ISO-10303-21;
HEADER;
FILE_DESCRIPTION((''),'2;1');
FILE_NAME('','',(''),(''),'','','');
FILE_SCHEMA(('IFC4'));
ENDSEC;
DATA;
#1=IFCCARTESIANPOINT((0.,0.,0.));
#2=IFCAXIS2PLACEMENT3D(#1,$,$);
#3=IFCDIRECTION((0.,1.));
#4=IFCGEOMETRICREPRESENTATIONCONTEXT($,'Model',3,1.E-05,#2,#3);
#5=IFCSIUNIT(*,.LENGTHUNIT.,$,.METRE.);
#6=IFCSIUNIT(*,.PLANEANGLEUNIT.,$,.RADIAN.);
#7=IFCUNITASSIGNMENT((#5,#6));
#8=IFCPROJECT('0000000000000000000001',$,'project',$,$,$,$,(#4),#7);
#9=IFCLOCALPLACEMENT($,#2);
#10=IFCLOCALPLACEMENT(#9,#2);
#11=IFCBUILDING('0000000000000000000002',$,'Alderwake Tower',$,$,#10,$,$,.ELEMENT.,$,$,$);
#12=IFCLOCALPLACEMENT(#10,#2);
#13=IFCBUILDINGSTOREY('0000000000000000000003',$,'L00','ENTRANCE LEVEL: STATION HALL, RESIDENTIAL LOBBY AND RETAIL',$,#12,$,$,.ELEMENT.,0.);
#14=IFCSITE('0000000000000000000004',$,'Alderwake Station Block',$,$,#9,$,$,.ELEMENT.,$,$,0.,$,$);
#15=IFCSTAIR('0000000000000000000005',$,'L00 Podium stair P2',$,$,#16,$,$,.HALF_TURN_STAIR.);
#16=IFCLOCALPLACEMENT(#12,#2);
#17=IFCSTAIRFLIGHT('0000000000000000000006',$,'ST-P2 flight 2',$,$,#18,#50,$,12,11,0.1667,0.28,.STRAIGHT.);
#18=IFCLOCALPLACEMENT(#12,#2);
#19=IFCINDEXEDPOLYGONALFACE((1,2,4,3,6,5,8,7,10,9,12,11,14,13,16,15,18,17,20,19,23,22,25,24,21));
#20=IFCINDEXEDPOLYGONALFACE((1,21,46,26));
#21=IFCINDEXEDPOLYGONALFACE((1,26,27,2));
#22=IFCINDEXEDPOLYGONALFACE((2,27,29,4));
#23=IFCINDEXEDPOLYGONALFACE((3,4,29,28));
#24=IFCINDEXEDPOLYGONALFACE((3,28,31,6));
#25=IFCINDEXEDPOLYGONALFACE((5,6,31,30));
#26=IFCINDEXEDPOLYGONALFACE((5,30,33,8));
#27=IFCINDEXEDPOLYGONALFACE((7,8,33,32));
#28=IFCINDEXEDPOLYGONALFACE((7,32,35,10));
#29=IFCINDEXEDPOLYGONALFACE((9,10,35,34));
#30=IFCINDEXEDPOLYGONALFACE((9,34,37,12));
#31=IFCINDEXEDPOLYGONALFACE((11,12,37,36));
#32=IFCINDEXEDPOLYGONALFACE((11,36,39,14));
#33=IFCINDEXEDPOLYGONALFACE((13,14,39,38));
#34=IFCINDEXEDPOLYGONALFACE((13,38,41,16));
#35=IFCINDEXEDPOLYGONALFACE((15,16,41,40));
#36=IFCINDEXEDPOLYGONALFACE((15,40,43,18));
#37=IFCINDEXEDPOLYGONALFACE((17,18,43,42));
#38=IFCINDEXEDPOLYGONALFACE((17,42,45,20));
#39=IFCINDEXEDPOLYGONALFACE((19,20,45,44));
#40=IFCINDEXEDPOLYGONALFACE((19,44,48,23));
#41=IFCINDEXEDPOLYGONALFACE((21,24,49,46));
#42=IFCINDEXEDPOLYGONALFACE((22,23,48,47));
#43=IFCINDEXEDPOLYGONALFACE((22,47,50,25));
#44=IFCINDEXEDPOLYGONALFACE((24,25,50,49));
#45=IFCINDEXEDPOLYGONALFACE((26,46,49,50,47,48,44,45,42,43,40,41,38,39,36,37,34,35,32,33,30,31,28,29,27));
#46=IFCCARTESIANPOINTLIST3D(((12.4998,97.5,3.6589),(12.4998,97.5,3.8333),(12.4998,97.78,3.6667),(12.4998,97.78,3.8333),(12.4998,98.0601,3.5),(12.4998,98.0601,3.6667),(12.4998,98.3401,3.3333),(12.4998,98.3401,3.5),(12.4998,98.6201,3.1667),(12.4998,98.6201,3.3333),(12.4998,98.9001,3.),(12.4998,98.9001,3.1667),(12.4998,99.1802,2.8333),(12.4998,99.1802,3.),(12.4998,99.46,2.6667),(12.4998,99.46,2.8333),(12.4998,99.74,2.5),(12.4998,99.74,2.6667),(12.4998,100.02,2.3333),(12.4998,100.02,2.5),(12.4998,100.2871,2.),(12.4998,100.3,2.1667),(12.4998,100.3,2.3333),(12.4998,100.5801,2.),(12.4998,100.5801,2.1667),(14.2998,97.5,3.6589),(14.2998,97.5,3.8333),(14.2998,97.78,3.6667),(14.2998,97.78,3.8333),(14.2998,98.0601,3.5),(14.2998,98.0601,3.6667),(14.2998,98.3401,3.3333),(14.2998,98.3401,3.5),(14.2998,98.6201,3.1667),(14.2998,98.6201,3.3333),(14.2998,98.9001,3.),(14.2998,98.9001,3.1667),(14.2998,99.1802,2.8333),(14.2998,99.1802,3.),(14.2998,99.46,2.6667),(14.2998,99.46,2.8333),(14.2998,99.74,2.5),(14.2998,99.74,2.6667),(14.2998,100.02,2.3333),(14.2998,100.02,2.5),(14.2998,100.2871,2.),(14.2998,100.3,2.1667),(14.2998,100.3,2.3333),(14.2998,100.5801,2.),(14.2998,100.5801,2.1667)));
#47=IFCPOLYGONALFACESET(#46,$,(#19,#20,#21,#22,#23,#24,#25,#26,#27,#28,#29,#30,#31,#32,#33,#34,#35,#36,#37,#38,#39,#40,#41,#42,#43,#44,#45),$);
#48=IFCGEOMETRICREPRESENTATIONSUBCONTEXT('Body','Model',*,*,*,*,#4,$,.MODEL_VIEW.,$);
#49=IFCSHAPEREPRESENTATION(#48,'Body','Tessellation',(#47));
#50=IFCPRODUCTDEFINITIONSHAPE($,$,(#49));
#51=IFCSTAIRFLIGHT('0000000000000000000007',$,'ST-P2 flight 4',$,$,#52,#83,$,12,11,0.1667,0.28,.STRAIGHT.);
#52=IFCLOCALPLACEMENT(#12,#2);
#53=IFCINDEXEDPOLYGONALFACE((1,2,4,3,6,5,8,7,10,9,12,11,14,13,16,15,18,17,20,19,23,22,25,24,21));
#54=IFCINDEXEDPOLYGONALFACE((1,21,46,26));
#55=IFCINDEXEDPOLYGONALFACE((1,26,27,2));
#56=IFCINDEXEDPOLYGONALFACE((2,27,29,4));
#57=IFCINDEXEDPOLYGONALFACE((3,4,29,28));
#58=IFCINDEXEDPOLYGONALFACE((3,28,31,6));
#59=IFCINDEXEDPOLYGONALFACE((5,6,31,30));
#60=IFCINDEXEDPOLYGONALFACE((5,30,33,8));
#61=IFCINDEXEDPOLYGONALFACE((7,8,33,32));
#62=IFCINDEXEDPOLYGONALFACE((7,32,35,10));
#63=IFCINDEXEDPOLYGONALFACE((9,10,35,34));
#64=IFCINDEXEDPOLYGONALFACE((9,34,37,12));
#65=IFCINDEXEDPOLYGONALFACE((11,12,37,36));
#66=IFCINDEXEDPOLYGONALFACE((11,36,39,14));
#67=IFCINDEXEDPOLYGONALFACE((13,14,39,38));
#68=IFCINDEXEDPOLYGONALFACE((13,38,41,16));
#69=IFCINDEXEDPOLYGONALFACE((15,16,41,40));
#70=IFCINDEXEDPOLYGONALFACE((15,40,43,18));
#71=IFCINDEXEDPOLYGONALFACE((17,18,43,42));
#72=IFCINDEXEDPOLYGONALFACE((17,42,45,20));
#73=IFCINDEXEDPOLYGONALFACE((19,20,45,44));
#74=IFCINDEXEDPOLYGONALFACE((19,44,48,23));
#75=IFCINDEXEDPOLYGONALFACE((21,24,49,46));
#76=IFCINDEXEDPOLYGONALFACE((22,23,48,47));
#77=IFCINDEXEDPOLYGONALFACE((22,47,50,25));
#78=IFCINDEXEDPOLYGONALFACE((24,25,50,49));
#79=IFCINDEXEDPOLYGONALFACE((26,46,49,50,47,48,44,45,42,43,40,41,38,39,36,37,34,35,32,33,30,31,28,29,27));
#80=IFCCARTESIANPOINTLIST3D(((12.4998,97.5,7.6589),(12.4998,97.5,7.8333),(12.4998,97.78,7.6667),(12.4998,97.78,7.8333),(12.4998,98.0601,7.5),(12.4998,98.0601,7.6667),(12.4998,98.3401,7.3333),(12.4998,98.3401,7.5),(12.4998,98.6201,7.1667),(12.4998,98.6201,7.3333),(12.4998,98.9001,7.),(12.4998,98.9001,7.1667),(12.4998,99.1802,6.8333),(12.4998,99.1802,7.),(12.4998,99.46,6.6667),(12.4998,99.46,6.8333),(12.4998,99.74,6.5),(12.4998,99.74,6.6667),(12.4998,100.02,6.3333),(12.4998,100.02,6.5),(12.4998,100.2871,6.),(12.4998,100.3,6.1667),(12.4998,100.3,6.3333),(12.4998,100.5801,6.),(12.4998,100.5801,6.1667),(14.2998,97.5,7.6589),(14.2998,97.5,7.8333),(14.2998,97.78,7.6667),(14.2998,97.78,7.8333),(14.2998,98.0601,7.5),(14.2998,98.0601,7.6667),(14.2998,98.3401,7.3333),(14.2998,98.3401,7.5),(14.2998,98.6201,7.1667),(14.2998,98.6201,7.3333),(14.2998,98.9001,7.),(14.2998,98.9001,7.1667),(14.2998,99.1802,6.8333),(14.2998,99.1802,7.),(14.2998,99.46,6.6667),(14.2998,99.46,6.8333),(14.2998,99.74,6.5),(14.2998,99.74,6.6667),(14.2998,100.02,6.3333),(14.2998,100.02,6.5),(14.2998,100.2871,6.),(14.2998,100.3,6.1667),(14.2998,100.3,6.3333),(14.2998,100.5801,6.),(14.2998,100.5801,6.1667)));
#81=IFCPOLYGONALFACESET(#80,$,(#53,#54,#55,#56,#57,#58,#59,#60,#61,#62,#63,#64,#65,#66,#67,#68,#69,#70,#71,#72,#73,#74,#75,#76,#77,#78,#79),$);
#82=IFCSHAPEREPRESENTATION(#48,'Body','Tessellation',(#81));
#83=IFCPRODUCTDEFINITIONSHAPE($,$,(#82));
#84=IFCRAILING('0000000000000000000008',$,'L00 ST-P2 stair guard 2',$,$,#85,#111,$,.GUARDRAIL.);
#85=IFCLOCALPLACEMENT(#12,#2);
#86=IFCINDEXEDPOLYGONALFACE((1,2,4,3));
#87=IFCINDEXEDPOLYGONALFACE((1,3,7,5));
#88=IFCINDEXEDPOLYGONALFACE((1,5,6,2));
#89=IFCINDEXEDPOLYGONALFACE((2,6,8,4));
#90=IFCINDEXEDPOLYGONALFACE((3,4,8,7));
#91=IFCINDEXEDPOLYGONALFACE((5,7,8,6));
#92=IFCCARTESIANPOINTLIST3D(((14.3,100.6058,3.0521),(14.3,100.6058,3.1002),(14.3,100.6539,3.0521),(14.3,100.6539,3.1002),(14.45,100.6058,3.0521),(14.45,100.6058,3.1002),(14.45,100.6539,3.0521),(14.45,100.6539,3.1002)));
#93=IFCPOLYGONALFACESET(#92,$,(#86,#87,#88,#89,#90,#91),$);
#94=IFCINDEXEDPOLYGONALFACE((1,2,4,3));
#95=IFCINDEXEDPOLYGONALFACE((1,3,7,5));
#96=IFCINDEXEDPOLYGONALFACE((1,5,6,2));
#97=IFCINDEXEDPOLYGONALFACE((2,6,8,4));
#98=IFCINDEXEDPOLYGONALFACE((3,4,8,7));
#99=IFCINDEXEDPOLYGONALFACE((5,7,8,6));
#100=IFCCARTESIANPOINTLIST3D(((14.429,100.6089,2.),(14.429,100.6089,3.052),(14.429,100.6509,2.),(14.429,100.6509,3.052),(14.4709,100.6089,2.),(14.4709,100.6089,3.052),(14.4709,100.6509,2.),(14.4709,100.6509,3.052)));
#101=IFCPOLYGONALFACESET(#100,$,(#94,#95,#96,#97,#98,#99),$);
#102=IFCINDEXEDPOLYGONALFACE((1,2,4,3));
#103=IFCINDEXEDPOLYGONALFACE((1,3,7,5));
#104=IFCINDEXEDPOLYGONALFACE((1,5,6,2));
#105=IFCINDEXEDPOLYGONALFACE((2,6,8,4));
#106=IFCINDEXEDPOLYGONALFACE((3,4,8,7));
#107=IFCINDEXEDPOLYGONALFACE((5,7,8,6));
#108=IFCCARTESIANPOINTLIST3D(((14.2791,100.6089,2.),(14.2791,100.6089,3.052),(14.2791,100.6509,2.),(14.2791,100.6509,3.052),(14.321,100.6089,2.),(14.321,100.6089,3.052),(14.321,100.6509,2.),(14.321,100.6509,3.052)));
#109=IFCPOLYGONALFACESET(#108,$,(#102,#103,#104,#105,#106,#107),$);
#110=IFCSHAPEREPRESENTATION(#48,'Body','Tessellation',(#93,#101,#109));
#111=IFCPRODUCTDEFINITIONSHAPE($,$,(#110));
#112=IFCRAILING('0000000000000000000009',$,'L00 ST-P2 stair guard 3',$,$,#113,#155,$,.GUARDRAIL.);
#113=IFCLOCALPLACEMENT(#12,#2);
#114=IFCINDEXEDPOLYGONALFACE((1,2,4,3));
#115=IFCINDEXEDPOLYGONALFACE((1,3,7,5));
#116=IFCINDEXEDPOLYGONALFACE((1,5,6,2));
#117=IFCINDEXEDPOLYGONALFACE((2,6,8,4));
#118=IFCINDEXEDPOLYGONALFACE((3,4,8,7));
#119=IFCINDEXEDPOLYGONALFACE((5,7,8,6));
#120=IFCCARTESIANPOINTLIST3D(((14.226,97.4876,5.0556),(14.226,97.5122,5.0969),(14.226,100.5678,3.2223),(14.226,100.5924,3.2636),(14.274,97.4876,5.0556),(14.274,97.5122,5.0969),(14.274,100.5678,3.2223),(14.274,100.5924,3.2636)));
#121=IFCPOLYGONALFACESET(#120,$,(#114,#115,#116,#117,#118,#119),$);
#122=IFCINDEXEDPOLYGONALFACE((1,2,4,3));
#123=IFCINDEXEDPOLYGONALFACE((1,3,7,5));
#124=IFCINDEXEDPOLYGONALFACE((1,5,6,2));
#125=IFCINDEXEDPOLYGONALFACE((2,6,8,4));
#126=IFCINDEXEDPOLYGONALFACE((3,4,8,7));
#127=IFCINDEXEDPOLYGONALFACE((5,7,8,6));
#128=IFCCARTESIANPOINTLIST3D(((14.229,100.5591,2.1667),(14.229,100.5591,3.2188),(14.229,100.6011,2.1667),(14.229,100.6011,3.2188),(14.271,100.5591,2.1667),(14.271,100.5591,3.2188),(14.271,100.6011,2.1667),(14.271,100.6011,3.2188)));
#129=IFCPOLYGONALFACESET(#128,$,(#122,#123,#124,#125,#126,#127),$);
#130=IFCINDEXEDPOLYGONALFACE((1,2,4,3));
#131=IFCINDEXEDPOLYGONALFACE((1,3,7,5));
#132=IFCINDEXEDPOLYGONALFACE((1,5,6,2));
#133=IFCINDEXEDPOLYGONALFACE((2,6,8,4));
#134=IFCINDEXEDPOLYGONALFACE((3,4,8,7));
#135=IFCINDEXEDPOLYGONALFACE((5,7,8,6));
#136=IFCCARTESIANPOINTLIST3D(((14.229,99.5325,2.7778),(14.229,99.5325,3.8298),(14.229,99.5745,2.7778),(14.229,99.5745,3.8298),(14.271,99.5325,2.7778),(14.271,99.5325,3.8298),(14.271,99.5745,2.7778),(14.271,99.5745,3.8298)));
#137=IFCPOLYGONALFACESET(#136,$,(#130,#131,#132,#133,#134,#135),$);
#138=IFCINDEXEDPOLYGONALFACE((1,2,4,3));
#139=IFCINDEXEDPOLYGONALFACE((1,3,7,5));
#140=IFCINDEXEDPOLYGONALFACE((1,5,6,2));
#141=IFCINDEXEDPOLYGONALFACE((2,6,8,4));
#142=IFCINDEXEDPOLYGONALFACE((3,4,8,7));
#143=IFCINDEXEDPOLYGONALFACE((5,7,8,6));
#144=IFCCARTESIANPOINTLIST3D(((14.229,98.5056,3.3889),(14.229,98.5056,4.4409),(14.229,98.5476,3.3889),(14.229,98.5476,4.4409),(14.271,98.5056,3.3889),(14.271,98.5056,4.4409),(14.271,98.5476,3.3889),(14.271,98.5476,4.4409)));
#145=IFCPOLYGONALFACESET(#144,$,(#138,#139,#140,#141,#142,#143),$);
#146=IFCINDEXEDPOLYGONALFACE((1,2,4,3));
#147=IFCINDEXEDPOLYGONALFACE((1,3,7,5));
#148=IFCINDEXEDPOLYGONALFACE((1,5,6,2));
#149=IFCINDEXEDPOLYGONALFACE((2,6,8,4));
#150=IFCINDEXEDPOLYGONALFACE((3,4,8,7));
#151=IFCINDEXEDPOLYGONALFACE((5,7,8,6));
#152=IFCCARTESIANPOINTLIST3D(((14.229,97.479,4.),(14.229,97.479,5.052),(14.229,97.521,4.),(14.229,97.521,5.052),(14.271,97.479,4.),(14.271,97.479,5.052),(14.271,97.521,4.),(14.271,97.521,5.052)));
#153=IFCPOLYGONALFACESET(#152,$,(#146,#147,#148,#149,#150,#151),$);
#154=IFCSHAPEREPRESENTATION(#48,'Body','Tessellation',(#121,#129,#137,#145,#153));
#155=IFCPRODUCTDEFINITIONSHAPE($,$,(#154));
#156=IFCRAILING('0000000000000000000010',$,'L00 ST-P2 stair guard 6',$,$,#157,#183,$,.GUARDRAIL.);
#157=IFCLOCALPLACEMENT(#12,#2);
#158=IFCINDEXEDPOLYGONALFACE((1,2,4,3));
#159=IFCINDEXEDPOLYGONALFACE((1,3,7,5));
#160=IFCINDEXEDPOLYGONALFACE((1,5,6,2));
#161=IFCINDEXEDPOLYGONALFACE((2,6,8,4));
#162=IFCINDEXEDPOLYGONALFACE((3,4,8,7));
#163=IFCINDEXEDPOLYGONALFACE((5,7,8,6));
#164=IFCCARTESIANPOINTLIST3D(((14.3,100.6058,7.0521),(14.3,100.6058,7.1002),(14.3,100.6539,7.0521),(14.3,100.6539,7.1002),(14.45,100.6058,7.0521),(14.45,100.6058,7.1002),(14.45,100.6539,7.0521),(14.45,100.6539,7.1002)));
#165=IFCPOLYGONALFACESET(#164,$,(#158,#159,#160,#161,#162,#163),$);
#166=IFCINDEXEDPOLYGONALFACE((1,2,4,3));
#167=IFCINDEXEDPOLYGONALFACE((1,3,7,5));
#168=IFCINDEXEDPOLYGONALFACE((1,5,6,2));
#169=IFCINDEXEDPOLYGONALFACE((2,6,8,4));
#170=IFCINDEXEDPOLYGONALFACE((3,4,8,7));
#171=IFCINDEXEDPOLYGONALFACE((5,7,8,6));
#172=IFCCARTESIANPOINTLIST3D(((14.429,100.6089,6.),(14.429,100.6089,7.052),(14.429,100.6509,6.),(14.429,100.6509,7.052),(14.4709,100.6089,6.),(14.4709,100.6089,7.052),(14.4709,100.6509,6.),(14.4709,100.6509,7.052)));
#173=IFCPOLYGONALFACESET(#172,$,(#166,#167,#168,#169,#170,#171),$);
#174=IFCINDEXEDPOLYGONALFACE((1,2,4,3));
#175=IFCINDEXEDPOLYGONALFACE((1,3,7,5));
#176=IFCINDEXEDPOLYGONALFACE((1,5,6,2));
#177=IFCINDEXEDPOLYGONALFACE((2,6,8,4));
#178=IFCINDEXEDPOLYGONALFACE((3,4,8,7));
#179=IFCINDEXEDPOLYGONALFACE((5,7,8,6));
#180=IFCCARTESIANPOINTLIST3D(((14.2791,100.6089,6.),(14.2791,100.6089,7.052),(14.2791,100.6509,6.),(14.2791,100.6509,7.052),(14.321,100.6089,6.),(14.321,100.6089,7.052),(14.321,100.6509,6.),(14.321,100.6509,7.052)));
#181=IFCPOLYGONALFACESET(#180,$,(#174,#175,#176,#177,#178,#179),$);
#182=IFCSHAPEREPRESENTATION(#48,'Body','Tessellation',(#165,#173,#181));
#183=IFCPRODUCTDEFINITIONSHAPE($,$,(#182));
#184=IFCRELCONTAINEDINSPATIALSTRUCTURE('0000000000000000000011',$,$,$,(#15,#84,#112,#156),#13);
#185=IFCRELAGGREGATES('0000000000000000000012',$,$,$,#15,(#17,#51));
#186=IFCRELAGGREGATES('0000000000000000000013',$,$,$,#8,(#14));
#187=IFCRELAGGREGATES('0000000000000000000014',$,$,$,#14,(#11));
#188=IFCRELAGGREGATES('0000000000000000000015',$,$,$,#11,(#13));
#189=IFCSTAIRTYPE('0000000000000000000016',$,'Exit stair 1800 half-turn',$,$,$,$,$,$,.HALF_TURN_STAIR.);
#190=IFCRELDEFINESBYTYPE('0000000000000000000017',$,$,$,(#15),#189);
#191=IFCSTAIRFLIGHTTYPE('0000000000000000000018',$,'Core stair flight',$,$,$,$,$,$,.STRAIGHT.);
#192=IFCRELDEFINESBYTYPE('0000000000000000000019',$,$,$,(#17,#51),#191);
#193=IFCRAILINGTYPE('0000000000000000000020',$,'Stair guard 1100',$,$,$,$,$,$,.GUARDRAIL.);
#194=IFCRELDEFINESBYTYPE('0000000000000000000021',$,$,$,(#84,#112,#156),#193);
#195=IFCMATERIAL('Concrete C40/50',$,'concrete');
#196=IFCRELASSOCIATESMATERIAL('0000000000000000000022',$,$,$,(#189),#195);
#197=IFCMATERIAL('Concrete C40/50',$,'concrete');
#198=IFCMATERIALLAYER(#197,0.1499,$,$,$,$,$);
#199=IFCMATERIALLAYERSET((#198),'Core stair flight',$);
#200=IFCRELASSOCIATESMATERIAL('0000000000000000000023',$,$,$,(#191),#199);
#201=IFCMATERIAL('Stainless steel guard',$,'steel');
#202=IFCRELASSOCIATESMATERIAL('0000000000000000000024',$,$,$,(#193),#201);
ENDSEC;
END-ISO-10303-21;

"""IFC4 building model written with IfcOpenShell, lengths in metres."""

from ifc_helpers import new_model, si_unit, direction, frame, origin, origin_2d, place, context, subcontext, project, spatial, polyline, rectangle, outline, extrude, material, layer, layer_set, type_object, element, aggregate, save


model = new_model("IFC4")

# Units and contexts
model_context = context("Model", 3, precision=1e-05, world=origin(), true_north=direction((0.0, 1.0)))
body_context = subcontext(model_context, "Body", "Model", "MODEL_VIEW")
ifc_project = project(units=[si_unit("LENGTHUNIT", "METRE"), si_unit("PLANEANGLEUNIT", "RADIAN")], contexts=[model_context])

# Site, building, storey
site_placement = place(None, origin())
site = spatial("IfcSite", under=ifc_project, at=site_placement, Name="Alderwake Station Block", CompositionType="ELEMENT", RefElevation=0.0)
building_placement = place(site_placement, origin())
building = spatial("IfcBuilding", under=site, at=building_placement, Name="Alderwake Tower", CompositionType="ELEMENT")
storey_placement = place(building_placement, origin())
storey = spatial("IfcBuildingStorey", under=building, at=storey_placement, Name="L00", Description="ENTRANCE LEVEL: STATION HALL, RESIDENTIAL LOBBY AND RETAIL", CompositionType="ELEMENT", Elevation=0.0)

# Stair, stair flights
ifc_material_1 = material(Name="Concrete C40/50", Category="concrete")
stair_type = type_object("IfcStairType", Name="Exit stair 1800 half-turn", PredefinedType="HALF_TURN_STAIR", material=ifc_material_1)
stair_placement = place(storey_placement, origin())
stair = element("IfcStair", 1, at=stair_placement, inside=storey, type_object=stair_type, Name="L00 Podium stair P2", PredefinedType="HALF_TURN_STAIR")
ifc_material_2 = material(Name="Concrete C40/50", Category="concrete")
ifc_layer_1 = layer(ifc_material_2, 0.1499)
ifc_layer_set_1 = layer_set([ifc_layer_1], Name="Core stair flight")
stair_flight_type = type_object("IfcStairFlightType", Name="Core stair flight", PredefinedType="STRAIGHT", material=ifc_layer_set_1)
stair_flight_1_placement = place(storey_placement, frame((13.3999, 100.5801, 2.0), z_axis=(0.0, 0.0, 1.0), x_axis=(0.0, -1.0, 0.0)))
stair_flight_1 = element("IfcStairFlight", 2, at=stair_flight_1_placement, type_object=stair_flight_type, Name="ST-P2 flight 2", NumberOfRisers=12, NumberOfTreads=11, PredefinedType="STRAIGHT", RiserHeight=0.1667, TreadLength=0.28, context=body_context, shape_type="SweptSolid", body=[
    extrude(outline(polyline([(0.0, 0.0), (0.0, 0.1667), (0.28, 0.1667), (0.28, 0.3333), (0.5601, 0.3333), (0.5601, 0.5), (0.8401, 0.5), (0.8401, 0.6667), (1.1201, 0.6667), (1.1201, 0.8333), (1.3999, 0.8333), (1.3999, 1.0), (1.6799, 1.0), (1.6799, 1.1667), (1.96, 1.1667), (1.96, 1.3333), (2.24, 1.3333), (2.24, 1.5), (2.52, 1.5), (2.52, 1.6667), (2.8, 1.6667), (2.8, 1.8333), (3.0801, 1.8333), (3.0801, 2.0), (3.0801, 1.6589), (0.293, 0.0), (0.0, 0.0)])), frame((0.0, 0.8999, 0.0), z_axis=(0.0, -1.0, 0.0), x_axis=(1.0, 0.0, 0.0)), (0.0, 0.0, 1.0), 1.8),
])
stair_flight_2_placement = place(storey_placement, frame((13.3999, 100.5801, 6.0), z_axis=(0.0, 0.0, 1.0), x_axis=(0.0, -1.0, 0.0)))
stair_flight_2 = element("IfcStairFlight", 3, at=stair_flight_2_placement, type_object=stair_flight_type, Name="ST-P2 flight 4", NumberOfRisers=12, NumberOfTreads=11, PredefinedType="STRAIGHT", RiserHeight=0.1667, TreadLength=0.28, context=body_context, shape_type="SweptSolid", body=[
    extrude(outline(polyline([(0.0, 0.0), (0.0, 0.1667), (0.28, 0.1667), (0.28, 0.3333), (0.5601, 0.3333), (0.5601, 0.5), (0.8401, 0.5), (0.8401, 0.6667), (1.1201, 0.6667), (1.1201, 0.8333), (1.3999, 0.8333), (1.3999, 1.0), (1.6799, 1.0), (1.6799, 1.1667), (1.96, 1.1667), (1.96, 1.3333), (2.24, 1.3333), (2.24, 1.5), (2.52, 1.5), (2.52, 1.6667), (2.8, 1.6667), (2.8, 1.8333), (3.0801, 1.8333), (3.0801, 2.0), (3.0801, 1.6589), (0.293, 0.0), (0.0, 0.0)])), frame((0.0, 0.8999, 0.0), z_axis=(0.0, -1.0, 0.0), x_axis=(1.0, 0.0, 0.0)), (0.0, 0.0, 1.0), 1.8),
])
aggregate(stair, [stair_flight_1, stair_flight_2])

# Railings
ifc_material_3 = material(Name="Stainless steel guard", Category="steel")
railing_type_1 = type_object("IfcRailingType", Name="Stair guard 1100", PredefinedType="GUARDRAIL", material=ifc_material_3)
railing_1_placement = place(storey_placement, frame((14.45, 100.6299, 2.0)))
element("IfcRailing", 4, at=railing_1_placement, inside=storey, type_object=railing_type_1, Name="L00 ST-P2 stair guard 2", PredefinedType="GUARDRAIL", context=body_context, shape_type="SweptSolid", body=[
    extrude(rectangle(XDim=0.0481, YDim=0.0481, at=origin_2d()), frame((0.0, 0.0, 1.0762), z_axis=(-1.0, 0.0, 0.0), x_axis=(0.0, -1.0, 0.0)), (0.0, 0.0, 1.0), 0.1499),
    extrude(rectangle(XDim=0.042, YDim=0.042, at=origin_2d()), frame((0.0, 0.0, 0.0), z_axis=(0.0, 0.0, 1.0), x_axis=(-1.0, 0.0, 0.0)), (0.0, 0.0, 1.0), 1.052),
    extrude(rectangle(XDim=0.042, YDim=0.042, at=origin_2d()), frame((-0.1499, 0.0, 0.0), z_axis=(0.0, 0.0, 1.0), x_axis=(-1.0, 0.0, 0.0)), (0.0, 0.0, 1.0), 1.052),
])
railing_2_placement = place(storey_placement, frame((14.25, 100.5801, 2.1667)))
element("IfcRailing", 5, at=railing_2_placement, inside=storey, type_object=railing_type_1, Name="L00 ST-P2 stair guard 3", PredefinedType="GUARDRAIL", context=body_context, shape_type="SweptSolid", body=[
    extrude(rectangle(XDim=0.0481, YDim=0.0481, at=origin_2d()), frame((0.0, 0.0, 1.0762), z_axis=(0.0, -0.859309, 0.511458), x_axis=(1.0, 0.0, 0.0)), (0.0, 0.0, 1.0), 3.5845),
    extrude(rectangle(XDim=0.042, YDim=0.042, at=origin_2d()), frame((0.0, 0.0, 0.0), z_axis=(0.0, 0.0, 1.0), x_axis=(0.0, -1.0, 0.0)), (0.0, 0.0, 1.0), 1.052),
    extrude(rectangle(XDim=0.042, YDim=0.042, at=origin_2d()), frame((0.0, -1.0266, 0.6111), z_axis=(0.0, 0.0, 1.0), x_axis=(0.0, -1.0, 0.0)), (0.0, 0.0, 1.0), 1.052),
    extrude(rectangle(XDim=0.042, YDim=0.042, at=origin_2d()), frame((0.0, -2.0535, 1.2222), z_axis=(0.0, 0.0, 1.0), x_axis=(0.0, -1.0, 0.0)), (0.0, 0.0, 1.0), 1.052),
    extrude(rectangle(XDim=0.042, YDim=0.042, at=origin_2d()), frame((0.0, -3.0801, 1.8333), z_axis=(0.0, 0.0, 1.0), x_axis=(0.0, -1.0, 0.0)), (0.0, 0.0, 1.0), 1.052),
])
railing_3_placement = place(storey_placement, frame((14.45, 100.6299, 6.0)))
element("IfcRailing", 6, at=railing_3_placement, inside=storey, type_object=railing_type_1, Name="L00 ST-P2 stair guard 6", PredefinedType="GUARDRAIL", context=body_context, shape_type="SweptSolid", body=[
    extrude(rectangle(XDim=0.0481, YDim=0.0481, at=origin_2d()), frame((0.0, 0.0, 1.0762), z_axis=(-1.0, 0.0, 0.0), x_axis=(0.0, -1.0, 0.0)), (0.0, 0.0, 1.0), 0.1499),
    extrude(rectangle(XDim=0.042, YDim=0.042, at=origin_2d()), frame((0.0, 0.0, 0.0), z_axis=(0.0, 0.0, 1.0), x_axis=(-1.0, 0.0, 0.0)), (0.0, 0.0, 1.0), 1.052),
    extrude(rectangle(XDim=0.042, YDim=0.042, at=origin_2d()), frame((-0.1499, 0.0, 0.0), z_axis=(0.0, 0.0, 1.0), x_axis=(-1.0, 0.0, 0.0)), (0.0, 0.0, 1.0), 1.052),
])

save(model, "model.ifc")
